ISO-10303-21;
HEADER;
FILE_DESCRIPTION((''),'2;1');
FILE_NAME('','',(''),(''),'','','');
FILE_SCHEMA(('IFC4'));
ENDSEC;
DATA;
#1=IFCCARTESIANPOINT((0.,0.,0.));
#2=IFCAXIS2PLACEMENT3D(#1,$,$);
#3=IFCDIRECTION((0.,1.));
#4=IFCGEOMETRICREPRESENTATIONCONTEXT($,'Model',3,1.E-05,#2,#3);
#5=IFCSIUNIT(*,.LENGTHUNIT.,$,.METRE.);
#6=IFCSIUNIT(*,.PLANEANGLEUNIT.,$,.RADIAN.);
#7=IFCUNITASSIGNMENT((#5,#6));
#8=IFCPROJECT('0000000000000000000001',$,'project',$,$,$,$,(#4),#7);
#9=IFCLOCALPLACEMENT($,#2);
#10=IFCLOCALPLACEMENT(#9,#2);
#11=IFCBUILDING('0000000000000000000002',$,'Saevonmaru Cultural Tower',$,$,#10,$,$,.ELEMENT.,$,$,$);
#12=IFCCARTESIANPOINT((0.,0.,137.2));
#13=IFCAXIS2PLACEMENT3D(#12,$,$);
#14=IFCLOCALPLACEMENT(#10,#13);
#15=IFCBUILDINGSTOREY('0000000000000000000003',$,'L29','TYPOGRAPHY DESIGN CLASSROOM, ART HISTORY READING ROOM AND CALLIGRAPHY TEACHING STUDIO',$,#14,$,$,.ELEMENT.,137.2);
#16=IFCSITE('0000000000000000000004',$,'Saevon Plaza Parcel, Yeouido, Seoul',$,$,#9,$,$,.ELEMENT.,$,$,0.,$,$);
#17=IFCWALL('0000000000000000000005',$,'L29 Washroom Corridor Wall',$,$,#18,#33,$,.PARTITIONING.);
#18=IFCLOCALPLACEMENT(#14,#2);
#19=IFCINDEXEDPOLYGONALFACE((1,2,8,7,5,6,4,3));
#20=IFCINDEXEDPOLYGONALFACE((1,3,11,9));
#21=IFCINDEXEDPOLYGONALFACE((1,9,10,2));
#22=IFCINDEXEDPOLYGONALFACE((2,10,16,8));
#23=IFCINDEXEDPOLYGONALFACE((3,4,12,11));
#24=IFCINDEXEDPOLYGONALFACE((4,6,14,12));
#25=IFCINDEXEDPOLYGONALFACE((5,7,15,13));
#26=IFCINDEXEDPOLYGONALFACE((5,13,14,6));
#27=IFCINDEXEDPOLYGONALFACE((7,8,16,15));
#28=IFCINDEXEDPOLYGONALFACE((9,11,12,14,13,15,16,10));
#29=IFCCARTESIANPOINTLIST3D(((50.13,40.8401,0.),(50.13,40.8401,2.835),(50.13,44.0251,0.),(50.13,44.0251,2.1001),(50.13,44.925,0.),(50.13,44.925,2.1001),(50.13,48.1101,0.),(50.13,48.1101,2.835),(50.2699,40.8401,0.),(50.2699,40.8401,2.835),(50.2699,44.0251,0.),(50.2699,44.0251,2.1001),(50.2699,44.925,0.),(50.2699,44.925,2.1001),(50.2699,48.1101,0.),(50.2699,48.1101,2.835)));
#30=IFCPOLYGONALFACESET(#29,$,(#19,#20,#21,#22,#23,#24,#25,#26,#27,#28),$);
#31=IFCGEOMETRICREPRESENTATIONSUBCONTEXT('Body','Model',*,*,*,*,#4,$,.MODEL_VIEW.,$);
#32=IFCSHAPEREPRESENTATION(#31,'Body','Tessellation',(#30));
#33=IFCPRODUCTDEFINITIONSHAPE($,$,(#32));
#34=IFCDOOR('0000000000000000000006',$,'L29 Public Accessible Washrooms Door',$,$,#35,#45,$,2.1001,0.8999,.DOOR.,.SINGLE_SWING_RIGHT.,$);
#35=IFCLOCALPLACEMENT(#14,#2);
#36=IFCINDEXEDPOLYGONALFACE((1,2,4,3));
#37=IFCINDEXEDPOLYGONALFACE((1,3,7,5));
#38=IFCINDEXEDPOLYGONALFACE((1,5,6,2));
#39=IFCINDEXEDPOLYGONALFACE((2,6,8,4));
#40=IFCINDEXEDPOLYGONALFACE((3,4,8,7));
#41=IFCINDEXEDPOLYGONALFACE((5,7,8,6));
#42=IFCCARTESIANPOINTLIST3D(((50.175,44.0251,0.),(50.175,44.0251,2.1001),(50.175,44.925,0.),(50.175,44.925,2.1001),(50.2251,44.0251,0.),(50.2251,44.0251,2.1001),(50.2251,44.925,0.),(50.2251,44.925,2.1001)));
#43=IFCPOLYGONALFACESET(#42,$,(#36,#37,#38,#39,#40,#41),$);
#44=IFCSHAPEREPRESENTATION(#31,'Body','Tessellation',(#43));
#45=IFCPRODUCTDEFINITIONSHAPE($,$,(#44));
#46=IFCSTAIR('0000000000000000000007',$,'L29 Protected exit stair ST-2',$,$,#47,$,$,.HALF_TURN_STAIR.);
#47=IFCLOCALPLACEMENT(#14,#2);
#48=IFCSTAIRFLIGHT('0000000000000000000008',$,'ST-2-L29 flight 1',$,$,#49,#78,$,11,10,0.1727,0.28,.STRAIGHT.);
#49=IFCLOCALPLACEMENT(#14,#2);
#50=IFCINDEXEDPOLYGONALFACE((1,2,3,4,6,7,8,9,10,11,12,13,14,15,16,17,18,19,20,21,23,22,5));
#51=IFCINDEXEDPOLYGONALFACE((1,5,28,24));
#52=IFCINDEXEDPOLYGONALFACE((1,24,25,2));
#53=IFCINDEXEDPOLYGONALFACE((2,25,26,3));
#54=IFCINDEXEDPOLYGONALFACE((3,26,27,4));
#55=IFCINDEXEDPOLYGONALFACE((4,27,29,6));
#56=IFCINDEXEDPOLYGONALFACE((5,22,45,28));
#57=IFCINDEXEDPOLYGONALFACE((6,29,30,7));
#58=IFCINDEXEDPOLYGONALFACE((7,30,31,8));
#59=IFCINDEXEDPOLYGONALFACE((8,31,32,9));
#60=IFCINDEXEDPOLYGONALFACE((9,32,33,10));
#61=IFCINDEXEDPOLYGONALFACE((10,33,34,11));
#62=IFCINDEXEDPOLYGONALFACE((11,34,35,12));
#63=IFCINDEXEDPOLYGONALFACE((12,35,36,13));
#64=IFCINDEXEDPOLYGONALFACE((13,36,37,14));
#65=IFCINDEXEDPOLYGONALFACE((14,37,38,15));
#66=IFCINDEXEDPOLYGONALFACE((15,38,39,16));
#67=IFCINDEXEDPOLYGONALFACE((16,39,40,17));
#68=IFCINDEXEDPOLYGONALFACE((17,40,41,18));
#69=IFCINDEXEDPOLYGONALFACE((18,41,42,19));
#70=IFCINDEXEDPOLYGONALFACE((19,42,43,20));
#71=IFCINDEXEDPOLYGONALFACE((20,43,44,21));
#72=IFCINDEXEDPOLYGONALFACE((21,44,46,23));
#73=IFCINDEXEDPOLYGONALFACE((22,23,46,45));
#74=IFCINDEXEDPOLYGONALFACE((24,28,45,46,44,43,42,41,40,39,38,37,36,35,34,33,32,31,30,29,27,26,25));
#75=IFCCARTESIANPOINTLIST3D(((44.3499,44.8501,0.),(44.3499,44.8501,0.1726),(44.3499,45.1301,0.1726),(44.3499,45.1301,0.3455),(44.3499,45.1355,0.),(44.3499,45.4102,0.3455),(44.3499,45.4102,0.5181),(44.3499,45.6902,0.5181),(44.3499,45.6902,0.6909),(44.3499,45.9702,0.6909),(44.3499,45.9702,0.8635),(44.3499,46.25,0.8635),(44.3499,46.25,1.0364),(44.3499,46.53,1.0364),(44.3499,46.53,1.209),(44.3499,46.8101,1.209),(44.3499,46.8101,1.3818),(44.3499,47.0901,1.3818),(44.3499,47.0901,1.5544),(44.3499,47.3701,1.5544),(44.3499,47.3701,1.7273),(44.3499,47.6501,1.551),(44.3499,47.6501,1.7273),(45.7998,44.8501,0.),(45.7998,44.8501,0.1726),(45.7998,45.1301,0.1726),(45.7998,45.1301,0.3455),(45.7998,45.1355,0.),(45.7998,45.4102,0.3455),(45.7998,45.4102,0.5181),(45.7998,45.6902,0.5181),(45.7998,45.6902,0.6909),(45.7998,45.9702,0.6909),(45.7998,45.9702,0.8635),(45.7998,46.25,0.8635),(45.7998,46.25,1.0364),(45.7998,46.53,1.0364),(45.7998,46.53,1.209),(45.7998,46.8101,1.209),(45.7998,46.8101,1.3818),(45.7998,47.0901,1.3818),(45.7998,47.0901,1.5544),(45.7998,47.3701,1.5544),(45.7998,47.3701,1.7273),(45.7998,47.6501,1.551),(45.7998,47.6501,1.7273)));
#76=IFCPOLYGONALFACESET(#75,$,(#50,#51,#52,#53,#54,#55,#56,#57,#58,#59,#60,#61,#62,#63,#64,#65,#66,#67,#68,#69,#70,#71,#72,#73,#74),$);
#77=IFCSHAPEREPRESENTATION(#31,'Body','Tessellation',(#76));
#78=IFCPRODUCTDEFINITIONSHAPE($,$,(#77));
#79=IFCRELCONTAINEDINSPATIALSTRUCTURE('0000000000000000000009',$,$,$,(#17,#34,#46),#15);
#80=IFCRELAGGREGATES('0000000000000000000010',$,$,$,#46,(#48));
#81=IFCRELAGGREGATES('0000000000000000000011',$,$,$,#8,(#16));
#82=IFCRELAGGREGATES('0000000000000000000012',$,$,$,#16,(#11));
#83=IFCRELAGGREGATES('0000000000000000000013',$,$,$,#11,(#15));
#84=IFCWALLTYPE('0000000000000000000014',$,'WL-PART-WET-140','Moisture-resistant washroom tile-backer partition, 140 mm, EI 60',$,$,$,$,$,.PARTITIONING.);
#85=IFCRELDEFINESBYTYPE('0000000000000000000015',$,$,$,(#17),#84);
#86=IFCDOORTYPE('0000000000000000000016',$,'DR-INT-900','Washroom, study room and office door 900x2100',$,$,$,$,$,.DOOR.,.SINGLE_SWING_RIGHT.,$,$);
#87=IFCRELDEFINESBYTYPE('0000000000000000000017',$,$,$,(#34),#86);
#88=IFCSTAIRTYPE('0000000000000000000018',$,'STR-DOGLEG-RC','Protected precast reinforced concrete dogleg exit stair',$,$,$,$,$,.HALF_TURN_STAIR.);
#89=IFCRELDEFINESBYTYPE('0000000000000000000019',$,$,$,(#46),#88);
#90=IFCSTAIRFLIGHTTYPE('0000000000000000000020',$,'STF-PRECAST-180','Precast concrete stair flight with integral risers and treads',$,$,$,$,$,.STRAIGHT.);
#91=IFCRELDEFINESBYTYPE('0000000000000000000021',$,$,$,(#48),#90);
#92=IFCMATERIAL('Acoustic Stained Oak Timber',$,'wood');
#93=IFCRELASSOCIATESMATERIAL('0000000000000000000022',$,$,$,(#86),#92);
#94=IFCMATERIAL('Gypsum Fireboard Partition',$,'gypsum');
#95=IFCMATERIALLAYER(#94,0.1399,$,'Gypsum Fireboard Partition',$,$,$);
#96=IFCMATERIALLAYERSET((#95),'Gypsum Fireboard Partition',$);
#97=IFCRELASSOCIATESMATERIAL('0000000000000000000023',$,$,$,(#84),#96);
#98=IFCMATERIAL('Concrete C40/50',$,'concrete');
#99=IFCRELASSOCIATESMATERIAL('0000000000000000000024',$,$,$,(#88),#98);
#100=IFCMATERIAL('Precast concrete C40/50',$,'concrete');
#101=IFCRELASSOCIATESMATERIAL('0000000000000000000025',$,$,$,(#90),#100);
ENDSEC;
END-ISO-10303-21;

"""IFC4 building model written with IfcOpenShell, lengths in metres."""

from ifc_helpers import new_model, si_unit, direction, frame, frame_2d, origin, place, context, subcontext, project, spatial, polyline, rectangle, outline, extrude, material, layer, layer_set, type_object, element, fill, aggregate, save


model = new_model("IFC4")

# Units and contexts
model_context = context("Model", 3, precision=1e-05, world=origin(), true_north=direction((0.0, 1.0)))
body_context = subcontext(model_context, "Body", "Model", "MODEL_VIEW")
ifc_project = project(units=[si_unit("LENGTHUNIT", "METRE"), si_unit("PLANEANGLEUNIT", "RADIAN")], contexts=[model_context])

# Site, building, storey
site_placement = place(None, origin())
site = spatial("IfcSite", under=ifc_project, at=site_placement, Name="Saevon Plaza Parcel, Yeouido, Seoul", CompositionType="ELEMENT", RefElevation=0.0)
building_placement = place(site_placement, origin())
building = spatial("IfcBuilding", under=site, at=building_placement, Name="Saevonmaru Cultural Tower", CompositionType="ELEMENT")
storey_placement = place(building_placement, frame((0.0, 0.0, 137.2)))
storey = spatial("IfcBuildingStorey", under=building, at=storey_placement, Name="L29", Description="TYPOGRAPHY DESIGN CLASSROOM, ART HISTORY READING ROOM AND CALLIGRAPHY TEACHING STUDIO", CompositionType="ELEMENT", Elevation=137.2)

# Shared definitions
ifc_material_1 = material(Name="Gypsum Fireboard Partition", Category="gypsum")
ifc_material_2 = material(Name="Acoustic Stained Oak Timber", Category="wood")
door_type_1 = type_object("IfcDoorType", Name="DR-INT-900", Description="Washroom, study room and office door 900x2100", OperationType="SINGLE_SWING_RIGHT", PredefinedType="DOOR", material=ifc_material_2)

# Shared definitions
ifc_layer_1 = layer(ifc_material_1, 0.1399, Name="Gypsum Fireboard Partition")
ifc_layer_set_1 = layer_set([ifc_layer_1], Name="Gypsum Fireboard Partition")
wall_type_1 = type_object("IfcWallType", Name="WL-PART-WET-140", Description="Moisture-resistant washroom tile-backer partition, 140 mm, EI 60", PredefinedType="PARTITIONING", material=ifc_layer_set_1)

# Wall, opening, door
wall_1_placement = place(storey_placement, frame((50.2, 40.8401, 0.0), z_axis=(0.0, 0.0, 1.0), x_axis=(0.0, 1.0, 0.0)))
wall_1 = element("IfcWall", 1, at=wall_1_placement, inside=storey, type_object=wall_type_1, Name="L29 Washroom Corridor Wall", PredefinedType="PARTITIONING", context=body_context, shape_type="SweptSolid", body=[
    extrude(rectangle(XDim=7.27, YDim=0.1399, at=frame_2d((3.635, 0.0))), origin(), (0.0, 0.0, 1.0), 2.835),
])
opening_1_placement = place(wall_1_placement, frame((3.1851, 0.0, 0.0)))
opening_1 = element("IfcOpeningElement", 2, at=opening_1_placement, cuts=wall_1, PredefinedType="OPENING", context=body_context, shape_type="SweptSolid", body=[
    extrude(rectangle(XDim=0.8999, YDim=2.1001, at=frame_2d((0.45, 1.05))), frame((0.0, 0.0801, 0.0), z_axis=(0.0, -1.0, 0.0), x_axis=(1.0, 0.0, 0.0)), (0.0, 0.0, 1.0), 0.1599),
])
door_1_placement = place(opening_1_placement, origin())
door_1 = element("IfcDoor", 3, at=door_1_placement, inside=storey, type_object=door_type_1, Name="L29 Public Accessible Washrooms Door", OperationType="SINGLE_SWING_RIGHT", OverallHeight=2.1001, OverallWidth=0.8999, PredefinedType="DOOR", context=body_context, shape_type="SweptSolid", body=[
    extrude(rectangle(XDim=0.8999, YDim=2.1001, at=frame_2d((0.45, 1.05))), frame((0.0, 0.0249, 0.0), z_axis=(0.0, -1.0, 0.0), x_axis=(1.0, 0.0, 0.0)), (0.0, 0.0, 1.0), 0.05),
])
fill(opening_1, door_1)

# Stair, stair flight
ifc_material_3 = material(Name="Concrete C40/50", Category="concrete")
stair_type = type_object("IfcStairType", Name="STR-DOGLEG-RC", Description="Protected precast reinforced concrete dogleg exit stair", PredefinedType="HALF_TURN_STAIR", material=ifc_material_3)
stair_placement = place(storey_placement, origin())
stair = element("IfcStair", 4, at=stair_placement, inside=storey, type_object=stair_type, Name="L29 Protected exit stair ST-2", PredefinedType="HALF_TURN_STAIR")
ifc_material_4 = material(Name="Precast concrete C40/50", Category="concrete")
stair_flight_type = type_object("IfcStairFlightType", Name="STF-PRECAST-180", Description="Precast concrete stair flight with integral risers and treads", PredefinedType="STRAIGHT", material=ifc_material_4)
stair_flight_placement = place(storey_placement, frame((45.075, 44.8501, 0.0), z_axis=(0.0, 0.0, 1.0), x_axis=(0.0, 1.0, 0.0)))
stair_flight = element("IfcStairFlight", 5, at=stair_flight_placement, type_object=stair_flight_type, Name="ST-2-L29 flight 1", NumberOfRisers=11, NumberOfTreads=10, PredefinedType="STRAIGHT", RiserHeight=0.1727, TreadLength=0.28, context=body_context, shape_type="SweptSolid", body=[
    extrude(outline(polyline([(0.0, 0.0), (0.0, 0.1726), (0.28, 0.1726), (0.28, 0.3455), (0.5601, 0.3455), (0.5601, 0.5181), (0.8401, 0.5181), (0.8401, 0.6909), (1.1201, 0.6909), (1.1201, 0.8635), (1.3999, 0.8635), (1.3999, 1.0364), (1.6799, 1.0364), (1.6799, 1.209), (1.96, 1.209), (1.96, 1.3818), (2.24, 1.3818), (2.24, 1.5544), (2.52, 1.5544), (2.52, 1.7273), (2.8, 1.7273), (2.8, 1.8999), (2.8, 1.551), (0.2854, 0.0), (0.0, 0.0)])), frame((0.0, 0.7251, 0.0), z_axis=(0.0, -1.0, 0.0), x_axis=(1.0, 0.0, 0.0)), (0.0, 0.0, 1.0), 1.45),
])
aggregate(stair, [stair_flight])

save(model, "model.ifc")
